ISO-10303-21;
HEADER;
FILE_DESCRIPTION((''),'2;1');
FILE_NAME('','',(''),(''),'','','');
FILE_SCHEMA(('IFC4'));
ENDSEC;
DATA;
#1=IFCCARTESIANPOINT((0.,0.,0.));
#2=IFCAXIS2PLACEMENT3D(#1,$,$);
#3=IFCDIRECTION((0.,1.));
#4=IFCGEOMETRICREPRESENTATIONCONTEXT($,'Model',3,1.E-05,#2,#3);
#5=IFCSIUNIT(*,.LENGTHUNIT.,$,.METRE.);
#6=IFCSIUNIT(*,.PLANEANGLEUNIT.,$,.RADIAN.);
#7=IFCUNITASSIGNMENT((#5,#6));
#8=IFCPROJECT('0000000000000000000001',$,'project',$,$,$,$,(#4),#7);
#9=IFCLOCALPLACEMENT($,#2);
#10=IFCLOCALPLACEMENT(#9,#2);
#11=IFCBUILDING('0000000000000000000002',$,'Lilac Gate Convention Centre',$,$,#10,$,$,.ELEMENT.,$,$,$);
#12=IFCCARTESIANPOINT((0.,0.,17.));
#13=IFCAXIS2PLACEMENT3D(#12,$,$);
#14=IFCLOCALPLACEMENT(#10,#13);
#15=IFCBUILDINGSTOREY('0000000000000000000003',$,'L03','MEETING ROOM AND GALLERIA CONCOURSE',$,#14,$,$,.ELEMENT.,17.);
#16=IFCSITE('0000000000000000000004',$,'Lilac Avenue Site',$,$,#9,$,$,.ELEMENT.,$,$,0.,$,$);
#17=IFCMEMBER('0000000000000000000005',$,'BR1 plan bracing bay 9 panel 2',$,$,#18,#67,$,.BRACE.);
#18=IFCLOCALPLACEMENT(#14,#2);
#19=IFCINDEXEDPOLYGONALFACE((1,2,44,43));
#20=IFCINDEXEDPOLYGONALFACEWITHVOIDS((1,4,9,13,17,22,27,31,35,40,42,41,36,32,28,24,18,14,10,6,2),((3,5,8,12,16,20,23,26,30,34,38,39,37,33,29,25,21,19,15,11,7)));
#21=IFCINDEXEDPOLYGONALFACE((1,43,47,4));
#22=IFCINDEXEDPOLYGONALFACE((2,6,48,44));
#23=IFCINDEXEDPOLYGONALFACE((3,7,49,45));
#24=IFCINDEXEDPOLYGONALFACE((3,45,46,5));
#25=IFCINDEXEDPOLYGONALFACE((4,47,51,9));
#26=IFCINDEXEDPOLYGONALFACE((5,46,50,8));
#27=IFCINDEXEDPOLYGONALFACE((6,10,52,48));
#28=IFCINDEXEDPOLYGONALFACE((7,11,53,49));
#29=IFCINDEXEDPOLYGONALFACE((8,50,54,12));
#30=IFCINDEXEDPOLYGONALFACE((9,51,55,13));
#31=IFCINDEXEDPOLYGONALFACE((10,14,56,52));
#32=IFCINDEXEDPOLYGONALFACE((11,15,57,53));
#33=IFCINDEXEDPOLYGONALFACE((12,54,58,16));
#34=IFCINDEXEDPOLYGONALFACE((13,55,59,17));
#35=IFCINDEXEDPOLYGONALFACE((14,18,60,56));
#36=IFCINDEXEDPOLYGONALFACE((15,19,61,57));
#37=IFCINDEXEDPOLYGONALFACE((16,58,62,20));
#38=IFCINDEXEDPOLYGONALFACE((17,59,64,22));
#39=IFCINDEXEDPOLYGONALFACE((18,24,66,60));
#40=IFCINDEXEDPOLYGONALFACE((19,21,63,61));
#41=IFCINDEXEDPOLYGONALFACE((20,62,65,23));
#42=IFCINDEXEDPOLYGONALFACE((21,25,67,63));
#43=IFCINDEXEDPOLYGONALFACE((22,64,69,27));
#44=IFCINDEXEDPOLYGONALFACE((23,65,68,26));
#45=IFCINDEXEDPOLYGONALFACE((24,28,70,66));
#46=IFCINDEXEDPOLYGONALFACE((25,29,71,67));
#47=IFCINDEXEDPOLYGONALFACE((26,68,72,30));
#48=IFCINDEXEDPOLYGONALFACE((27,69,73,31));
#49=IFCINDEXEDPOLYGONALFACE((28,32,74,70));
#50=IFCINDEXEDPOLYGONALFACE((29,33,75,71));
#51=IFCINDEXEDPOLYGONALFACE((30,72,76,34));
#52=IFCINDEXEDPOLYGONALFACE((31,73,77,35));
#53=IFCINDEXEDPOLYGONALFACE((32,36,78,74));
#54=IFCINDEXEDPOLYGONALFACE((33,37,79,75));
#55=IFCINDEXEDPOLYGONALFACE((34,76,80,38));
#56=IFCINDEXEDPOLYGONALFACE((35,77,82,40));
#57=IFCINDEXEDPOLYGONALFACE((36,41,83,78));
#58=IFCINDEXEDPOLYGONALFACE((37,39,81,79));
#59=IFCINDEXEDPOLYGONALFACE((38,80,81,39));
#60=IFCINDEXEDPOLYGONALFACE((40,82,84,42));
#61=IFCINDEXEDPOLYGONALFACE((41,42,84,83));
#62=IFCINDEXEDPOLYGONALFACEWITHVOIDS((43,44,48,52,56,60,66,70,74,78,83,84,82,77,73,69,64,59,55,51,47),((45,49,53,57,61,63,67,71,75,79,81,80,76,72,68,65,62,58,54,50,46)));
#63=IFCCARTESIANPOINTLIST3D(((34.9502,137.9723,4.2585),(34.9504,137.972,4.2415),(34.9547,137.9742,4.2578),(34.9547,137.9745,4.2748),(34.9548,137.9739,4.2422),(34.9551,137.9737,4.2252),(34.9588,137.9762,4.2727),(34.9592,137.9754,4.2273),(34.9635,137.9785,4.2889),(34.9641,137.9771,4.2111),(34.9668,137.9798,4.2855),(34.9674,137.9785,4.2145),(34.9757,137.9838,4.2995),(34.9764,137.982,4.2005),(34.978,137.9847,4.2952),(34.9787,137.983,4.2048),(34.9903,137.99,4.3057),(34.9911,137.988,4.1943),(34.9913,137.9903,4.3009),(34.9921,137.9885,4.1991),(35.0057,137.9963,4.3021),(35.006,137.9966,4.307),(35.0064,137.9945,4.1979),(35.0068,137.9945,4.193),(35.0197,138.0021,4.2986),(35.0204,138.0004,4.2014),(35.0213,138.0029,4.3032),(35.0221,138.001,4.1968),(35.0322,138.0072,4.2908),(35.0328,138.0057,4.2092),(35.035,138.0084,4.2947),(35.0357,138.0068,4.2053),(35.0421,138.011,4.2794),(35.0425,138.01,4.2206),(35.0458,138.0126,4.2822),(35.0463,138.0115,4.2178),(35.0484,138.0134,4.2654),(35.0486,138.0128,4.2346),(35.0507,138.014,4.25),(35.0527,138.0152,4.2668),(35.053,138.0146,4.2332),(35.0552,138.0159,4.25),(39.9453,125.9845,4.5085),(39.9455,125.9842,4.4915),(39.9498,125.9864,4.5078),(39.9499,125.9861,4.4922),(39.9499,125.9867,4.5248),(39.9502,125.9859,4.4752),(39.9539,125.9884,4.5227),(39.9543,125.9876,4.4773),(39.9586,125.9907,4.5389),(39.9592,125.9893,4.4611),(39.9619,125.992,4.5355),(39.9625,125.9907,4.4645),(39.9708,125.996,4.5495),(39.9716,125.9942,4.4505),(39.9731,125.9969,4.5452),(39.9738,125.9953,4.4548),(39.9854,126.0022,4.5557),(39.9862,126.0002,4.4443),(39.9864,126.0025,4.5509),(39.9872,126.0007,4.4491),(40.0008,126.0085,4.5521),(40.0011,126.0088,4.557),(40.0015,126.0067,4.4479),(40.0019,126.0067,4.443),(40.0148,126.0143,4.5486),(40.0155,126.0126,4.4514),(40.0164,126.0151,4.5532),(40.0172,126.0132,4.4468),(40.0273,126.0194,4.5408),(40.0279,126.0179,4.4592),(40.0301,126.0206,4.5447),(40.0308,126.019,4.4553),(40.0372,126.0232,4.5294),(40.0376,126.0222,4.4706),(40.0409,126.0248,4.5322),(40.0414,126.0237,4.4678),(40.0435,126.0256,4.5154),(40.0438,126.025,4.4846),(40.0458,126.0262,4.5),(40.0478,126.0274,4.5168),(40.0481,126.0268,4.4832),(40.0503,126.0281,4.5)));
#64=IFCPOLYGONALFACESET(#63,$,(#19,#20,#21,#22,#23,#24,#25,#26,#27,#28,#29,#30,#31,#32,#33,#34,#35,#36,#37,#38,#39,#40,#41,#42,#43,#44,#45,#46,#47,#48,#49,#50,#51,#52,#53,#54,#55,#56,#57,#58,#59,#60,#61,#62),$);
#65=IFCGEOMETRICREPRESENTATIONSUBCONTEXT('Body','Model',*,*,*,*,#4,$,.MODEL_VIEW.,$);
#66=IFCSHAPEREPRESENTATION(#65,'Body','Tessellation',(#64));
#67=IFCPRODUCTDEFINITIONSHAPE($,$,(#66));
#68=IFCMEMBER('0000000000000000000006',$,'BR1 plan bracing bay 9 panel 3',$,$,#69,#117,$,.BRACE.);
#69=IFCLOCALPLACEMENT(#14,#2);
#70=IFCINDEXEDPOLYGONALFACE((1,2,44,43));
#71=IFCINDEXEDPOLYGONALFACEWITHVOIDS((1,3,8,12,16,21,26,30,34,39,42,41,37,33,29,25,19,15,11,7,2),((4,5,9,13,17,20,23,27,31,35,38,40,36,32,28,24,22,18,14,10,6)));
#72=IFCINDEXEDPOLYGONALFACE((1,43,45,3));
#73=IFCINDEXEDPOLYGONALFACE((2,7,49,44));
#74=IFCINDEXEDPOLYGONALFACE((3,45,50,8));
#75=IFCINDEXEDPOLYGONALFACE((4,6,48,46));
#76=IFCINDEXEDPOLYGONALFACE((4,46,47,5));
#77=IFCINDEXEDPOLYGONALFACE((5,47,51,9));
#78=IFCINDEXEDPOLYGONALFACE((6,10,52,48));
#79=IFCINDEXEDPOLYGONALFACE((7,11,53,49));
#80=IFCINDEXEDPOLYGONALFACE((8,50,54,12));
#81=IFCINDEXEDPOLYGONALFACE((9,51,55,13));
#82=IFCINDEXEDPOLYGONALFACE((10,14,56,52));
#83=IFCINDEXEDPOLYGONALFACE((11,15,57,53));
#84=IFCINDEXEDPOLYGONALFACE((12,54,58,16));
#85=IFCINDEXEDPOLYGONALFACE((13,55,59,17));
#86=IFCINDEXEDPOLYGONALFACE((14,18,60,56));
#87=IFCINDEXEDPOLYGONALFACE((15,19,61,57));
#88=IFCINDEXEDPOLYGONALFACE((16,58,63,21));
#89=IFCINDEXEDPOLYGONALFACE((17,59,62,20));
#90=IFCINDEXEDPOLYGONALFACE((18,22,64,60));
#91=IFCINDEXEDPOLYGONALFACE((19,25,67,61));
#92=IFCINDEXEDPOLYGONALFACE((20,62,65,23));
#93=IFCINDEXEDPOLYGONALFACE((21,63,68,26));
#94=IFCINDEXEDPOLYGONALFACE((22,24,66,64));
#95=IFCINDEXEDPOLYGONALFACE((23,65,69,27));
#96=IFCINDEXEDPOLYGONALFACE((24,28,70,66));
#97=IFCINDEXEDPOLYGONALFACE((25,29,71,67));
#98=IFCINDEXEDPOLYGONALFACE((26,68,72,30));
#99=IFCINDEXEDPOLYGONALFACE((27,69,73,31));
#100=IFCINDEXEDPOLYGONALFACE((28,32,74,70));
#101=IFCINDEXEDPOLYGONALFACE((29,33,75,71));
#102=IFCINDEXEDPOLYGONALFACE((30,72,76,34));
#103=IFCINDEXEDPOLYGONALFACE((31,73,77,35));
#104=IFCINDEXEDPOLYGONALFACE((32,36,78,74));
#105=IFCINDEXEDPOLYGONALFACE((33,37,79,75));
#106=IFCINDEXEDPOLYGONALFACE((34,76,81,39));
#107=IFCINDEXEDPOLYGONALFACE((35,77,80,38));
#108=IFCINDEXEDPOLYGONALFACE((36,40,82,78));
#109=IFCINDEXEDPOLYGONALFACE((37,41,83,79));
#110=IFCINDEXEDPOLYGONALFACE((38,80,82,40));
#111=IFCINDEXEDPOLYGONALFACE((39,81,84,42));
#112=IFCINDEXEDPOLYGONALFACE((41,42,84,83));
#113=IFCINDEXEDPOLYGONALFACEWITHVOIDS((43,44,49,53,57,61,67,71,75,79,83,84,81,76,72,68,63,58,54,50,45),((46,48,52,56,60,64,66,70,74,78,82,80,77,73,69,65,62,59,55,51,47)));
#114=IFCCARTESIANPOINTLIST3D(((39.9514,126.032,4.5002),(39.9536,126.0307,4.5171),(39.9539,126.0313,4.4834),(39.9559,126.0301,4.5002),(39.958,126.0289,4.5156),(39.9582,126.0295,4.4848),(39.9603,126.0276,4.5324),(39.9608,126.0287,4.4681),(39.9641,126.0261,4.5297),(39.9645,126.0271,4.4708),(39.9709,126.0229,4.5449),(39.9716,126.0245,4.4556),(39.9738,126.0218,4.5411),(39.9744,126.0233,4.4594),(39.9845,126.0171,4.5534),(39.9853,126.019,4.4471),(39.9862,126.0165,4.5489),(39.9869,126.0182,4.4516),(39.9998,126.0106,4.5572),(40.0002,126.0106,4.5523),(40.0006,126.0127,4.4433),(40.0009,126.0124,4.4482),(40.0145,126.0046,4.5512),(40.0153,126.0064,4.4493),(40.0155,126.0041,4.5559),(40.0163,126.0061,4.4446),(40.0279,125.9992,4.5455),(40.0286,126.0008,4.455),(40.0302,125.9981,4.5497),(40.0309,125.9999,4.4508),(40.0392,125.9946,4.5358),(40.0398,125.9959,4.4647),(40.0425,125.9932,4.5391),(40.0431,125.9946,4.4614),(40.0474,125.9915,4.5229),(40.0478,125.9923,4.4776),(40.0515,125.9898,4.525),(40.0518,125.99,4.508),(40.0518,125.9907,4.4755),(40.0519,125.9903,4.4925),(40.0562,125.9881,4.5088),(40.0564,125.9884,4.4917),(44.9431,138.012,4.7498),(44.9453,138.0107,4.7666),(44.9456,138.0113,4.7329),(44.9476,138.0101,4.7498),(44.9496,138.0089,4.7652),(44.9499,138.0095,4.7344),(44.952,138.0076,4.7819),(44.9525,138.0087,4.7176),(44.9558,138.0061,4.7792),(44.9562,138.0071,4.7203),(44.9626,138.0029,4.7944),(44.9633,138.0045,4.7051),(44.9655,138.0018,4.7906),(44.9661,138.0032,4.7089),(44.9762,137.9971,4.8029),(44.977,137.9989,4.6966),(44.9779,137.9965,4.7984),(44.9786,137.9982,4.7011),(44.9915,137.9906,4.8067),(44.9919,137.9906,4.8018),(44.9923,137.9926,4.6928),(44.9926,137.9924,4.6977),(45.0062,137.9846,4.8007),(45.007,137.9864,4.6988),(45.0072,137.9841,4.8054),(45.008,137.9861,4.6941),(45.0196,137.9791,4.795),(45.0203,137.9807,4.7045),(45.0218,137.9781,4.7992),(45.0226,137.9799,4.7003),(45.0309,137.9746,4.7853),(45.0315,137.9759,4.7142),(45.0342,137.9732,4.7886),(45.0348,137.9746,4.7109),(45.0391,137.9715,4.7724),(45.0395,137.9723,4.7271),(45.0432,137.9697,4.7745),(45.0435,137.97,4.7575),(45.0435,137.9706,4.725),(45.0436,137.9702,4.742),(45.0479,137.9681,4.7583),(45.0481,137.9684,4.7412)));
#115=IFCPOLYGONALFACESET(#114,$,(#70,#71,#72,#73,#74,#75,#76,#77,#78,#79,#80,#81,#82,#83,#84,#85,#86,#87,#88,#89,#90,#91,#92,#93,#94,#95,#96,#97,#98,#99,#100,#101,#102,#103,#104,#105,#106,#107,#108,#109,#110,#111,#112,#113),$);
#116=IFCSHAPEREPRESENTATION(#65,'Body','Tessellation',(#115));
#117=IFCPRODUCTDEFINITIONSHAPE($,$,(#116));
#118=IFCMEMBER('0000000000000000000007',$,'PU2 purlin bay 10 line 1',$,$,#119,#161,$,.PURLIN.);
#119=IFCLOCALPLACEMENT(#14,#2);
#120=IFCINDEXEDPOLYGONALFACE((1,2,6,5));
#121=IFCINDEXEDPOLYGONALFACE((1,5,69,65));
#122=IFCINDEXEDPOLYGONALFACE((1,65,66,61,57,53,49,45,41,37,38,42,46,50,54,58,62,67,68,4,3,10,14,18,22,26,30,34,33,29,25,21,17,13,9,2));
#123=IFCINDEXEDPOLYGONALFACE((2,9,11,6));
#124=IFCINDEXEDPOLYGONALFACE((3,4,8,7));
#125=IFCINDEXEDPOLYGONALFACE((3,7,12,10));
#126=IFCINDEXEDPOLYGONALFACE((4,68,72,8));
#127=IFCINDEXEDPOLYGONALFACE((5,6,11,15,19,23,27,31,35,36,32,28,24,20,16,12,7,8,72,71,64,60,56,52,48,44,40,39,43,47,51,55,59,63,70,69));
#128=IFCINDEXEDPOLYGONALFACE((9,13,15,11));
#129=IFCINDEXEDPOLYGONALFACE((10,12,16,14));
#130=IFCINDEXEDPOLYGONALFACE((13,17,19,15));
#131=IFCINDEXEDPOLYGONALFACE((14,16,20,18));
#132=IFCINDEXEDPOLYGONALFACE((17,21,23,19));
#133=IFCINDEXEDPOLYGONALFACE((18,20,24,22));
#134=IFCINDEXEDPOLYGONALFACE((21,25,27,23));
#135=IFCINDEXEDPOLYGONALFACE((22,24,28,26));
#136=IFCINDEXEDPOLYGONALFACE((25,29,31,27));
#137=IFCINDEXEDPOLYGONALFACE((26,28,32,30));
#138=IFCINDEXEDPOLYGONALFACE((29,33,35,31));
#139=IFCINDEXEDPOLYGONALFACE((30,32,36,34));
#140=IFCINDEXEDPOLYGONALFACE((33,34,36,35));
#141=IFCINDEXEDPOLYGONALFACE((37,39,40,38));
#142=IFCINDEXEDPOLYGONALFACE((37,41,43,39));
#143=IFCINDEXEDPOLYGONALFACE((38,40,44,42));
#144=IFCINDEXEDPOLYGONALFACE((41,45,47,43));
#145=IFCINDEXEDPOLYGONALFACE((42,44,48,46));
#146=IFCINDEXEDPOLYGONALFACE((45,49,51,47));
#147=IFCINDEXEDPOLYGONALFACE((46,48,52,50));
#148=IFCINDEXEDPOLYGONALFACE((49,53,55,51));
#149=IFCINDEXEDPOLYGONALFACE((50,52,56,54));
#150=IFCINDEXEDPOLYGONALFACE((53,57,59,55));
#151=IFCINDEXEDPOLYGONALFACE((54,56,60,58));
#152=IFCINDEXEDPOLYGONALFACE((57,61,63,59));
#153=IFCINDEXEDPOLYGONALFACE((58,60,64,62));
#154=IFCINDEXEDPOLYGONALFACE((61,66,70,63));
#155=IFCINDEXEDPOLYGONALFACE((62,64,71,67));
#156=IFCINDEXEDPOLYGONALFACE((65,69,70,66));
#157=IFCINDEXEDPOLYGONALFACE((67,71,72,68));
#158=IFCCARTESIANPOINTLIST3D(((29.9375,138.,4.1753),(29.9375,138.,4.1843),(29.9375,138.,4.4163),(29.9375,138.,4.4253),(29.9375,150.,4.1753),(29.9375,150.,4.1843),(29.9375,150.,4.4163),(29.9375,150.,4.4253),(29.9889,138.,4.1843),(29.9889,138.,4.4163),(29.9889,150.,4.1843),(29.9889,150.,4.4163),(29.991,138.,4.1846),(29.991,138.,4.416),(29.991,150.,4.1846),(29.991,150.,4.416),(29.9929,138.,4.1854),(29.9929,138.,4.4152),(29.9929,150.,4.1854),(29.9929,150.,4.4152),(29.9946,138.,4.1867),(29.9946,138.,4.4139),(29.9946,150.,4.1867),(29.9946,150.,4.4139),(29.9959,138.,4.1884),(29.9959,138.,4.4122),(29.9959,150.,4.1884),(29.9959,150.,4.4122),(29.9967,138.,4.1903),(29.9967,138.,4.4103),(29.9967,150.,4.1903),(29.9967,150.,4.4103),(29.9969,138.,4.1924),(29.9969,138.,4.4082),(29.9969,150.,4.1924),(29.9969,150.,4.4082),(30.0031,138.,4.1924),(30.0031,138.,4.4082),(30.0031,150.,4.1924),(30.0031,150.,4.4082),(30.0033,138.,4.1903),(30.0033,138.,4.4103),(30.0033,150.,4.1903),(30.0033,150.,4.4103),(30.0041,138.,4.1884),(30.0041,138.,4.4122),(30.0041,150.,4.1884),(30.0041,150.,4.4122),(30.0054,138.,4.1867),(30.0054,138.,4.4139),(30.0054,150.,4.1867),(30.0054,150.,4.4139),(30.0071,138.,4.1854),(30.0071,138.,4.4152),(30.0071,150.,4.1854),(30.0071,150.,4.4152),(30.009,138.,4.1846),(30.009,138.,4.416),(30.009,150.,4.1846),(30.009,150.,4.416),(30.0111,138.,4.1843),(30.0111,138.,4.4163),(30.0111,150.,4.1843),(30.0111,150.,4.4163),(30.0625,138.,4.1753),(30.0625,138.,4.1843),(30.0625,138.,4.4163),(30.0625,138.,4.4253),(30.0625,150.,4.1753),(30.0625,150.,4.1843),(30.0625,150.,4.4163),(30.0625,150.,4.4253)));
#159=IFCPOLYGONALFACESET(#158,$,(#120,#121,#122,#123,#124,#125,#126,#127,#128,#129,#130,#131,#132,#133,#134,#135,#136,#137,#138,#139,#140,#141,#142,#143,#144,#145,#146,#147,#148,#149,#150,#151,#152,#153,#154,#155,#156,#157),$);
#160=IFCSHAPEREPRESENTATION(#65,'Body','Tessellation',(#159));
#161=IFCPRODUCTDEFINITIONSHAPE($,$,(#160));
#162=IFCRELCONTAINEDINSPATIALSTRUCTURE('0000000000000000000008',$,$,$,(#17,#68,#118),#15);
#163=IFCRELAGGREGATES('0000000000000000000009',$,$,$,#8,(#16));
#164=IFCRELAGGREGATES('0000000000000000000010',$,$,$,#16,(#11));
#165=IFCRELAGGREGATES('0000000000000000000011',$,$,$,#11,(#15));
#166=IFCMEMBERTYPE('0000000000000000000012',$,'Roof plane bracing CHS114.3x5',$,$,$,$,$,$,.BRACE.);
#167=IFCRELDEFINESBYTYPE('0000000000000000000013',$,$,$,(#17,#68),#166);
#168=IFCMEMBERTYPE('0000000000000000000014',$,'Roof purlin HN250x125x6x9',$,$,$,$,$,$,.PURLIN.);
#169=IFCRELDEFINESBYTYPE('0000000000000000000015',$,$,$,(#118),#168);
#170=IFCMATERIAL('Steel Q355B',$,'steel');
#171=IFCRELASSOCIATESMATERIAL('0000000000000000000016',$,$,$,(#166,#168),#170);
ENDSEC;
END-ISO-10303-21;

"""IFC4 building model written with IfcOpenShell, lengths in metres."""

from ifc_helpers import new_model, si_unit, direction, frame, origin, origin_2d, place, context, subcontext, project, spatial, hollow_circle, i_section, extrude, material, material_profile, profile_set, type_object, element, save


model = new_model("IFC4")

# Units and contexts
model_context = context("Model", 3, precision=1e-05, world=origin(), true_north=direction((0.0, 1.0)))
body_context = subcontext(model_context, "Body", "Model", "MODEL_VIEW")
ifc_project = project(units=[si_unit("LENGTHUNIT", "METRE"), si_unit("PLANEANGLEUNIT", "RADIAN")], contexts=[model_context])

# Site, building, storey
site_placement = place(None, origin())
site = spatial("IfcSite", under=ifc_project, at=site_placement, Name="Lilac Avenue Site", CompositionType="ELEMENT", RefElevation=0.0)
building_placement = place(site_placement, origin())
building = spatial("IfcBuilding", under=site, at=building_placement, Name="Lilac Gate Convention Centre", CompositionType="ELEMENT")
storey_placement = place(building_placement, frame((0.0, 0.0, 17.0)))
storey = spatial("IfcBuildingStorey", under=building, at=storey_placement, Name="L03", Description="MEETING ROOM AND GALLERIA CONCOURSE", CompositionType="ELEMENT", Elevation=17.0)

# Members
ifc_material = material(Name="Steel Q355B", Category="steel")
ifc_material_profile_1 = material_profile(ifc_material, hollow_circle(Radius=0.0571, WallThickness=0.0049, at=origin_2d()), Name="CHS114.3x5")
ifc_profile_set_1 = profile_set([ifc_material_profile_1], Name="Steel Q355B")
member_type_1 = type_object("IfcMemberType", Name="Roof plane bracing CHS114.3x5", PredefinedType="BRACE", material=ifc_profile_set_1)
for number, where, z_axis, x_axis, name in (
    (1, (35.0024, 137.9939, 4.25), (0.384557, -0.9229, 0.019247), (0.923071, 0.384629, 0.0), "BR1 plan bracing bay 9 panel 2"),
):
    element("IfcMember", number, at=place(storey_placement, frame(where, z_axis=z_axis, x_axis=x_axis)), inside=storey, type_object=member_type_1, Name=name, PredefinedType="BRACE", context=body_context, shape_type="SweptSolid", body=[
        extrude(hollow_circle(Radius=0.0571, WallThickness=0.0049, at=origin_2d()), origin(), (0.0, 0.0, 1.0), 12.9893),
    ])
member_1_placement = place(storey_placement, frame((40.0042, 126.01, 4.5002), z_axis=(0.384547, 0.922905, 0.019222), x_axis=(-0.923076, 0.384618, 0.0)))
element("IfcMember", 2, at=member_1_placement, inside=storey, type_object=member_type_1, Name="BR1 plan bracing bay 9 panel 3", PredefinedType="BRACE", context=body_context, shape_type="SweptSolid", body=[
    extrude(hollow_circle(Radius=0.0571, WallThickness=0.0049, at=origin_2d()), origin(), (0.0, 0.0, 1.0), 12.9807),
])
ifc_material_profile_2 = material_profile(ifc_material, i_section(OverallWidth=0.125, OverallDepth=0.25, WebThickness=0.0061, FlangeThickness=0.009, FilletRadius=0.0081, at=origin_2d()), Name="HN250x125x6x9")
ifc_profile_set_2 = profile_set([ifc_material_profile_2], Name="Steel Q355B")
member_type_2 = type_object("IfcMemberType", Name="Roof purlin HN250x125x6x9", PredefinedType="PURLIN", material=ifc_profile_set_2)
for number, where, z_axis, x_axis, name in (
    (3, (30.0, 138.0, 4.3003), (0.0, 1.0, 0.0), (-1.0, 0.0, 0.0), "PU2 purlin bay 10 line 1"),
):
    element("IfcMember", number, at=place(storey_placement, frame(where, z_axis=z_axis, x_axis=x_axis)), inside=storey, type_object=member_type_2, Name=name, PredefinedType="PURLIN", context=body_context, shape_type="SweptSolid", body=[
        extrude(i_section(OverallWidth=0.125, OverallDepth=0.25, WebThickness=0.0061, FlangeThickness=0.009, FilletRadius=0.0081, at=origin_2d()), origin(), (0.0, 0.0, 1.0), 12.0),
    ])

save(model, "model.ifc")
